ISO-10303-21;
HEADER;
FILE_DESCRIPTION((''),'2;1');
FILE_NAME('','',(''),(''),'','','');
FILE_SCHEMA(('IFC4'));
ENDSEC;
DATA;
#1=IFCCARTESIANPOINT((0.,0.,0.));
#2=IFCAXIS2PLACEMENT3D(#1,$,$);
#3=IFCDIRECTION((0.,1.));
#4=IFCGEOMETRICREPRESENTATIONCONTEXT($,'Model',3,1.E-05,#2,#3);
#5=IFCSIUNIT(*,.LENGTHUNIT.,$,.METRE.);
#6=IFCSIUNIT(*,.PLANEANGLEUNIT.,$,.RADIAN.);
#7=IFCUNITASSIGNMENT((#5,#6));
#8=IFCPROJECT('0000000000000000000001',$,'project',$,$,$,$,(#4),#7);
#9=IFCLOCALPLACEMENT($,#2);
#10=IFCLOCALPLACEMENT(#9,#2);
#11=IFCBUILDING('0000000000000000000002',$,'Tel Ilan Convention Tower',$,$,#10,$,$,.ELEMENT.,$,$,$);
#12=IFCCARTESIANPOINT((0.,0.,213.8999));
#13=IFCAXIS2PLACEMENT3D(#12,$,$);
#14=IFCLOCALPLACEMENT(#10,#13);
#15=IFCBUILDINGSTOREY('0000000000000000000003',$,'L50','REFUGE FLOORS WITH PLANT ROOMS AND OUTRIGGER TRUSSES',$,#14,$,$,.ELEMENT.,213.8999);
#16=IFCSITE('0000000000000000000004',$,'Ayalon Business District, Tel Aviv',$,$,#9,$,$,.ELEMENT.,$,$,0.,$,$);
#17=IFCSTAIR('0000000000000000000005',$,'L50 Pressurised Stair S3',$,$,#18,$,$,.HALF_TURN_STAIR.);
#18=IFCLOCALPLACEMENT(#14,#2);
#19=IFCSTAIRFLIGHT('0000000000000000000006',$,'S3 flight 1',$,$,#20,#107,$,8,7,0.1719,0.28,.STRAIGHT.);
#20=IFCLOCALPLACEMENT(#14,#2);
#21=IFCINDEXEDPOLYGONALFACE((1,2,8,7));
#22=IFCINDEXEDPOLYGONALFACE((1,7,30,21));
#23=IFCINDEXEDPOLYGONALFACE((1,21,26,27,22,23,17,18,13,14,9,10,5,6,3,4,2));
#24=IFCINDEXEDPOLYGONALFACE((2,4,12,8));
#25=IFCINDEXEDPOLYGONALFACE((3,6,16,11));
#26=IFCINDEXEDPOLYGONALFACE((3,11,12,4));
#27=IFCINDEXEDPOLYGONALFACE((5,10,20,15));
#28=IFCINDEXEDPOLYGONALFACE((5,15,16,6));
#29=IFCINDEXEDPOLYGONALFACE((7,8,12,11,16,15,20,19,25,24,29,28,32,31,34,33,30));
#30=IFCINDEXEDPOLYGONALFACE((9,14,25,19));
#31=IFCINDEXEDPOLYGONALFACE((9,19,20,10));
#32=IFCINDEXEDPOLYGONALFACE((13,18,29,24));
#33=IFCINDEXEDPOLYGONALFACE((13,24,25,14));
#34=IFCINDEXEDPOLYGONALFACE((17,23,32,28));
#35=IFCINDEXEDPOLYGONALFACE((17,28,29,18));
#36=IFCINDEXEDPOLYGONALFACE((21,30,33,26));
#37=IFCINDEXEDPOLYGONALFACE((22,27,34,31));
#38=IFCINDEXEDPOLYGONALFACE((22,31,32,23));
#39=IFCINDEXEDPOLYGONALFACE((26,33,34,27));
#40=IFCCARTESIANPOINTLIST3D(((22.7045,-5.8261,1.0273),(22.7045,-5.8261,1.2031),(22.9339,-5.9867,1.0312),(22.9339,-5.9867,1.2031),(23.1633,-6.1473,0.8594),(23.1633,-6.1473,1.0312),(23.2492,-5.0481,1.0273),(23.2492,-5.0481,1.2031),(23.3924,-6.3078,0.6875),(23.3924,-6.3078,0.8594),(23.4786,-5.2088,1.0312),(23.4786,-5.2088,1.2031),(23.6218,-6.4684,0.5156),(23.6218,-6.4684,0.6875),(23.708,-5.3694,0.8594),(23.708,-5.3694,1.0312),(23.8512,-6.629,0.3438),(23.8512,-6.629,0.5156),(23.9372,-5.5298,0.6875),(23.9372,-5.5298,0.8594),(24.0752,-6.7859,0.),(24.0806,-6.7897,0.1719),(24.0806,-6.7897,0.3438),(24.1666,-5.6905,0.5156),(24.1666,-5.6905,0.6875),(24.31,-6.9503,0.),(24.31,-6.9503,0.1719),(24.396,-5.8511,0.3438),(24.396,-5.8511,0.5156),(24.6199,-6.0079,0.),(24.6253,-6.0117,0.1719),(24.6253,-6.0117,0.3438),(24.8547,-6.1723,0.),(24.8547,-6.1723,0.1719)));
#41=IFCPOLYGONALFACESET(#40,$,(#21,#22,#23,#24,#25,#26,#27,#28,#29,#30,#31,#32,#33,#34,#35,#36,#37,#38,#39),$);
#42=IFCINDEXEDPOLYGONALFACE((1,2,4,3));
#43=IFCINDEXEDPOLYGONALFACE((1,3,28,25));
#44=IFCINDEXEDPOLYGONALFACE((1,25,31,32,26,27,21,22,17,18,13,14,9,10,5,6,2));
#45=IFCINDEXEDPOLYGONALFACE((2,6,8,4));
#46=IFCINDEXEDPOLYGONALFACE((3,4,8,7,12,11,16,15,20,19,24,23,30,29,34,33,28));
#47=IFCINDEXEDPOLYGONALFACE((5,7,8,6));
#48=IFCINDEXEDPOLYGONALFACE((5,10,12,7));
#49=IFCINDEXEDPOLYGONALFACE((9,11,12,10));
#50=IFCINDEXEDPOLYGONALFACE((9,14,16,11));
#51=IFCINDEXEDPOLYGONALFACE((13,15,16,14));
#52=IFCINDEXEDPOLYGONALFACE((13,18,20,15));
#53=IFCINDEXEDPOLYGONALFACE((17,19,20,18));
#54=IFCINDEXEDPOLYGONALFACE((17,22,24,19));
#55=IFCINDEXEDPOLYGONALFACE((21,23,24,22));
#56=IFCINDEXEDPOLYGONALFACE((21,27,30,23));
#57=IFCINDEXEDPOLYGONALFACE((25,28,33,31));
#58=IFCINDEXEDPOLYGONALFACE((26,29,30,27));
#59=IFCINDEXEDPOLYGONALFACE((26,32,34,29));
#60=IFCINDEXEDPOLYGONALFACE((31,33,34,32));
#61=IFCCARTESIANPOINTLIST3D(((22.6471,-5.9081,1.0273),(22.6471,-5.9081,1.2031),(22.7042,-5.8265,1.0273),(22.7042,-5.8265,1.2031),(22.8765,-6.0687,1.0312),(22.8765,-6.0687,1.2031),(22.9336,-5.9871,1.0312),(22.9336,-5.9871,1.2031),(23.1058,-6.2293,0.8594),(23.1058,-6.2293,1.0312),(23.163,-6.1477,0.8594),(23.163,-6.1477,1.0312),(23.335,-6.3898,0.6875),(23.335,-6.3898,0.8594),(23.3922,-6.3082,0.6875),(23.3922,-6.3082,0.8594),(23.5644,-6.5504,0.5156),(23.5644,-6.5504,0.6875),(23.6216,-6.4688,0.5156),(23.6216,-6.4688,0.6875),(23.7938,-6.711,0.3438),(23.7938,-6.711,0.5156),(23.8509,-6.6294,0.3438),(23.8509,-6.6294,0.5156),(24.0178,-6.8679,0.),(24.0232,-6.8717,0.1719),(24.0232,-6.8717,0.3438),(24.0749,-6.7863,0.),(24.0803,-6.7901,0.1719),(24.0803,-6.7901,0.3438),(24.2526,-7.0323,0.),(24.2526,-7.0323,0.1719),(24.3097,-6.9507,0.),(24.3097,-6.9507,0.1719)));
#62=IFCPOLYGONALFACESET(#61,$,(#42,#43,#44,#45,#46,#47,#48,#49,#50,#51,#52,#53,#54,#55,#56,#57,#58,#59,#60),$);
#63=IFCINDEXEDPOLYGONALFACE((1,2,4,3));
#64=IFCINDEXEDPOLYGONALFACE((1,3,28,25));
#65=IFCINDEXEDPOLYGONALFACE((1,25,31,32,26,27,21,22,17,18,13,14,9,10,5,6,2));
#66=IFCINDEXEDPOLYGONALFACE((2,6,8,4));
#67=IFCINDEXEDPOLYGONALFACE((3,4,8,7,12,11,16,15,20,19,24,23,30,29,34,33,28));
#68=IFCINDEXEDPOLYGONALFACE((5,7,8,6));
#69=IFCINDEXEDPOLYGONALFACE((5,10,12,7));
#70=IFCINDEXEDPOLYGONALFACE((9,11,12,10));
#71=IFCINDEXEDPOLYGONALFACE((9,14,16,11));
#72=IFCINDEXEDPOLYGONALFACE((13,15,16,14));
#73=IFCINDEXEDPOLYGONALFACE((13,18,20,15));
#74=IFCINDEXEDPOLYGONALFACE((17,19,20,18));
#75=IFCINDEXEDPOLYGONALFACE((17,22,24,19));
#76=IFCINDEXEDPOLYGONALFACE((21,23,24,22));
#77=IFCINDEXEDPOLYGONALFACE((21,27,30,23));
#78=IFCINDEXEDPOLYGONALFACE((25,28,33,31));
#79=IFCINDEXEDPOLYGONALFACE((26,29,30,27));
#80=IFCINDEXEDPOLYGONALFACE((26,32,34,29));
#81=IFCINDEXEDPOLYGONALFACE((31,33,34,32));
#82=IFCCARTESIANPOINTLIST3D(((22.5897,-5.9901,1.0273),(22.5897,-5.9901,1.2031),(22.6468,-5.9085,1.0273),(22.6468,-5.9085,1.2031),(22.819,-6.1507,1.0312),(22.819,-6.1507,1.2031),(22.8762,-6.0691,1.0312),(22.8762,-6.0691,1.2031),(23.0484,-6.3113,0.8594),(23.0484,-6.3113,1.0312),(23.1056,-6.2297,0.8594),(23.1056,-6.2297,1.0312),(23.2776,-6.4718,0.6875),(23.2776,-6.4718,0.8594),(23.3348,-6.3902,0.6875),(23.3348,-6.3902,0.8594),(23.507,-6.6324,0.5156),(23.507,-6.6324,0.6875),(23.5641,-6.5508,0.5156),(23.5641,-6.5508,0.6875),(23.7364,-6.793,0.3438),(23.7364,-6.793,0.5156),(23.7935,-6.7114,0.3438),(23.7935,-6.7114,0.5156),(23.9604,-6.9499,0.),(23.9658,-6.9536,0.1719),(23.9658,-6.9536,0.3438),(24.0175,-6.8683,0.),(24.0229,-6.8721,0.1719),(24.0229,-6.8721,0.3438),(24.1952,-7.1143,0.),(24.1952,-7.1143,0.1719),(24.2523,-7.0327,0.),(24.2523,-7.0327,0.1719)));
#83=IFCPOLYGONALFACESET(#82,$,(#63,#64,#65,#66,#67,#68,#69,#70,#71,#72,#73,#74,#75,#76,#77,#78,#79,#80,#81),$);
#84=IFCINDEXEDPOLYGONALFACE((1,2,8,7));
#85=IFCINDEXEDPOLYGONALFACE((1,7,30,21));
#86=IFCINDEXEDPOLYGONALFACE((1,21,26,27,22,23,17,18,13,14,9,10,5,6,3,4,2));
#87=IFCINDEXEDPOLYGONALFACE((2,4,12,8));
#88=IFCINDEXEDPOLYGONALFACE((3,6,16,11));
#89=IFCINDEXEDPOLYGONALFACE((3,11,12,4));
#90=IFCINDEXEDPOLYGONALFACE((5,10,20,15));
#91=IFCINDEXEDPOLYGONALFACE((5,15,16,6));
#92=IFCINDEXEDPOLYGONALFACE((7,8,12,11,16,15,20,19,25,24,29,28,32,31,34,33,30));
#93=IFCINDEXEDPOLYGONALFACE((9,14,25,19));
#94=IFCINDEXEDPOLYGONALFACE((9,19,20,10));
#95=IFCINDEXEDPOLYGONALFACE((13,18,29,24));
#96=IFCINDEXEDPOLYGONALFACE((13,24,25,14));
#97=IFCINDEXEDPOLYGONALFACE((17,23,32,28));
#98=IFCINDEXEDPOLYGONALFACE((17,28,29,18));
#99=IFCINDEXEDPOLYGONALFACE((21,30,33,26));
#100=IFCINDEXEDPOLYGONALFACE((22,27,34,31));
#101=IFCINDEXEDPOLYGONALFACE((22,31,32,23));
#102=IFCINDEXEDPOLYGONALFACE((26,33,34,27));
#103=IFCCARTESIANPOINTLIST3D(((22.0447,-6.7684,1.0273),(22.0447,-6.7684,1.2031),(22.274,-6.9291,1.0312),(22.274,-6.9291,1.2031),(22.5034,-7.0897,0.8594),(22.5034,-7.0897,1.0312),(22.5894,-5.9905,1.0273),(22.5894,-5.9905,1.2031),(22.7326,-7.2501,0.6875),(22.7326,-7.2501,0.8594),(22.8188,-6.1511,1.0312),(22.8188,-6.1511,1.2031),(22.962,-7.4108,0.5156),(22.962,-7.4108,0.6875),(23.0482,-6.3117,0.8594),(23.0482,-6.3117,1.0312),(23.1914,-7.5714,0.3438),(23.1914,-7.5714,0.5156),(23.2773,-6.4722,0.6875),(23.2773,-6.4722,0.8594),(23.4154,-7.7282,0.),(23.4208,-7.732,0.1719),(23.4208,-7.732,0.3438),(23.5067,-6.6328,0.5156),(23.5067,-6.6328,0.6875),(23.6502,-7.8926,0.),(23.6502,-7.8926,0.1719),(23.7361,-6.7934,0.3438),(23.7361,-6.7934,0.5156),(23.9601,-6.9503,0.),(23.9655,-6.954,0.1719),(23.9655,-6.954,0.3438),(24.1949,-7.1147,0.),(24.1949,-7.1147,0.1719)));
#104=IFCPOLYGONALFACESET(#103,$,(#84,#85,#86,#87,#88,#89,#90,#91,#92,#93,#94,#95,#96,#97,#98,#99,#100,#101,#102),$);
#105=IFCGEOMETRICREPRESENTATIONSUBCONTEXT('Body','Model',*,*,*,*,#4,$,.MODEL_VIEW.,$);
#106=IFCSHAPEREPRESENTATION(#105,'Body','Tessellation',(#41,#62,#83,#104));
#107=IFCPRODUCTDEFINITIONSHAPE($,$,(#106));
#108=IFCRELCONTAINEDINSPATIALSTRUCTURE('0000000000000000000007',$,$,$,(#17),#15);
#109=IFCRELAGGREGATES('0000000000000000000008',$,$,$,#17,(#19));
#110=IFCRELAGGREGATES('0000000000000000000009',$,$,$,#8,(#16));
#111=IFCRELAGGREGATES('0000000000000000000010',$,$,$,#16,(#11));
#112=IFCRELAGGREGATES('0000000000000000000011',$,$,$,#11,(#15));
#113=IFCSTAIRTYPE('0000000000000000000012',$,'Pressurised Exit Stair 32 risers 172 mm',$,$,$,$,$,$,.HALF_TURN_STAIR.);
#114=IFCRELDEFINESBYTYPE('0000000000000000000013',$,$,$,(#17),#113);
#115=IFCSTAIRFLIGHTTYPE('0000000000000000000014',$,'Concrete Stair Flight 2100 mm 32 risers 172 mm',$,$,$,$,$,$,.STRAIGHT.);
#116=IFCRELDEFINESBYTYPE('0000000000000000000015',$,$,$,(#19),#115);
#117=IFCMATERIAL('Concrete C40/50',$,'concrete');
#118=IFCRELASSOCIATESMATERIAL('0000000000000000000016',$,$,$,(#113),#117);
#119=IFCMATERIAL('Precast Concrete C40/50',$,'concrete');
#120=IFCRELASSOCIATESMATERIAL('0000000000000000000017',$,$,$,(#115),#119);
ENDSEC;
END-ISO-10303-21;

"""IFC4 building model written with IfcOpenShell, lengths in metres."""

from ifc_helpers import new_model, si_unit, direction, frame, origin, place, context, subcontext, project, spatial, polyline, outline, extrude, material, type_object, element, aggregate, save


model = new_model("IFC4")

# Units and contexts
model_context = context("Model", 3, precision=1e-05, world=origin(), true_north=direction((0.0, 1.0)))
body_context = subcontext(model_context, "Body", "Model", "MODEL_VIEW")
ifc_project = project(units=[si_unit("LENGTHUNIT", "METRE"), si_unit("PLANEANGLEUNIT", "RADIAN")], contexts=[model_context])

# Site, building, storey
site_placement = place(None, origin())
site = spatial("IfcSite", under=ifc_project, at=site_placement, Name="Ayalon Business District, Tel Aviv", CompositionType="ELEMENT", RefElevation=0.0)
building_placement = place(site_placement, origin())
building = spatial("IfcBuilding", under=site, at=building_placement, Name="Tel Ilan Convention Tower", CompositionType="ELEMENT")
storey_placement = place(building_placement, frame((0.0, 0.0, 213.8999)))
storey = spatial("IfcBuildingStorey", under=building, at=storey_placement, Name="L50", Description="REFUGE FLOORS WITH PLANT ROOMS AND OUTRIGGER TRUSSES", CompositionType="ELEMENT", Elevation=213.8999)

# Stair, stair flight
ifc_material_1 = material(Name="Concrete C40/50", Category="concrete")
stair_type = type_object("IfcStairType", Name="Pressurised Exit Stair 32 risers 172 mm", PredefinedType="HALF_TURN_STAIR", material=ifc_material_1)
stair_placement = place(storey_placement, origin())
stair = element("IfcStair", 1, at=stair_placement, inside=storey, type_object=stair_type, Name="L50 Pressurised Stair S3", PredefinedType="HALF_TURN_STAIR")
ifc_material_2 = material(Name="Precast Concrete C40/50", Category="concrete")
stair_flight_type = type_object("IfcStairFlightType", Name="Concrete Stair Flight 2100 mm 32 risers 172 mm", PredefinedType="STRAIGHT", material=ifc_material_2)
stair_flight_1_placement = place(storey_placement, frame((24.2524, -7.0325, 0.0), z_axis=(0.0, 0.0, 1.0), x_axis=(-0.819152, 0.573576, 0.0)))
stair_flight_1 = element("IfcStairFlight", 2, at=stair_flight_1_placement, type_object=stair_flight_type, Name="S3 flight 1", NumberOfRisers=8, NumberOfTreads=7, PredefinedType="STRAIGHT", RiserHeight=0.1719, TreadLength=0.28, context=body_context, shape_type="SweptSolid", body=[
    extrude(outline(polyline([(0.0, 0.0), (0.0, 0.1719), (0.28, 0.1719), (0.28, 0.3438), (0.5601, 0.3438), (0.5601, 0.5156), (0.8401, 0.5156), (0.8401, 0.6875), (1.1201, 0.6875), (1.1201, 0.8594), (1.3999, 0.8594), (1.3999, 1.0312), (1.6799, 1.0312), (1.6799, 1.2031), (1.96, 1.2031), (1.96, 1.375), (1.96, 1.0273), (0.2866, 0.0), (0.0, 0.0)])), frame((0.0, -0.1003, 0.0), z_axis=(0.0, -1.0, 0.0), x_axis=(1.0, 0.0, 0.0)), (0.0, 0.0, 1.0), 0.9497),
    extrude(outline(polyline([(0.0, 0.0), (0.0, 0.1719), (0.28, 0.1719), (0.28, 0.3438), (0.5601, 0.3438), (0.5601, 0.5156), (0.8401, 0.5156), (0.8401, 0.6875), (1.1201, 0.6875), (1.1201, 0.8594), (1.3999, 0.8594), (1.3999, 1.0312), (1.6799, 1.0312), (1.6799, 1.2031), (1.96, 1.2031), (1.96, 1.375), (1.96, 1.0273), (0.2866, 0.0), (0.0, 0.0)])), frame((0.0, -0.0002, 0.0), z_axis=(0.0, -1.0, 0.0), x_axis=(1.0, 0.0, 0.0)), (0.0, 0.0, 1.0), 0.0996),
    extrude(outline(polyline([(0.0, 0.0), (0.0, 0.1719), (0.28, 0.1719), (0.28, 0.3438), (0.5601, 0.3438), (0.5601, 0.5156), (0.8401, 0.5156), (0.8401, 0.6875), (1.1201, 0.6875), (1.1201, 0.8594), (1.3999, 0.8594), (1.3999, 1.0312), (1.6799, 1.0312), (1.6799, 1.2031), (1.96, 1.2031), (1.96, 1.375), (1.96, 1.0273), (0.2866, 0.0), (0.0, 0.0)])), frame((0.0, 0.0999, 0.0), z_axis=(0.0, -1.0, 0.0), x_axis=(1.0, 0.0, 0.0)), (0.0, 0.0, 1.0), 0.0996),
    extrude(outline(polyline([(0.0, 0.0), (0.0, 0.1719), (0.28, 0.1719), (0.28, 0.3438), (0.5601, 0.3438), (0.5601, 0.5156), (0.8401, 0.5156), (0.8401, 0.6875), (1.1201, 0.6875), (1.1201, 0.8594), (1.3999, 0.8594), (1.3999, 1.0312), (1.6799, 1.0312), (1.6799, 1.2031), (1.96, 1.2031), (1.96, 1.375), (1.96, 1.0273), (0.2866, 0.0), (0.0, 0.0)])), frame((0.0, 1.05, 0.0), z_axis=(0.0, -1.0, 0.0), x_axis=(1.0, 0.0, 0.0)), (0.0, 0.0, 1.0), 0.9497),
])
aggregate(stair, [stair_flight_1])

save(model, "model.ifc")
